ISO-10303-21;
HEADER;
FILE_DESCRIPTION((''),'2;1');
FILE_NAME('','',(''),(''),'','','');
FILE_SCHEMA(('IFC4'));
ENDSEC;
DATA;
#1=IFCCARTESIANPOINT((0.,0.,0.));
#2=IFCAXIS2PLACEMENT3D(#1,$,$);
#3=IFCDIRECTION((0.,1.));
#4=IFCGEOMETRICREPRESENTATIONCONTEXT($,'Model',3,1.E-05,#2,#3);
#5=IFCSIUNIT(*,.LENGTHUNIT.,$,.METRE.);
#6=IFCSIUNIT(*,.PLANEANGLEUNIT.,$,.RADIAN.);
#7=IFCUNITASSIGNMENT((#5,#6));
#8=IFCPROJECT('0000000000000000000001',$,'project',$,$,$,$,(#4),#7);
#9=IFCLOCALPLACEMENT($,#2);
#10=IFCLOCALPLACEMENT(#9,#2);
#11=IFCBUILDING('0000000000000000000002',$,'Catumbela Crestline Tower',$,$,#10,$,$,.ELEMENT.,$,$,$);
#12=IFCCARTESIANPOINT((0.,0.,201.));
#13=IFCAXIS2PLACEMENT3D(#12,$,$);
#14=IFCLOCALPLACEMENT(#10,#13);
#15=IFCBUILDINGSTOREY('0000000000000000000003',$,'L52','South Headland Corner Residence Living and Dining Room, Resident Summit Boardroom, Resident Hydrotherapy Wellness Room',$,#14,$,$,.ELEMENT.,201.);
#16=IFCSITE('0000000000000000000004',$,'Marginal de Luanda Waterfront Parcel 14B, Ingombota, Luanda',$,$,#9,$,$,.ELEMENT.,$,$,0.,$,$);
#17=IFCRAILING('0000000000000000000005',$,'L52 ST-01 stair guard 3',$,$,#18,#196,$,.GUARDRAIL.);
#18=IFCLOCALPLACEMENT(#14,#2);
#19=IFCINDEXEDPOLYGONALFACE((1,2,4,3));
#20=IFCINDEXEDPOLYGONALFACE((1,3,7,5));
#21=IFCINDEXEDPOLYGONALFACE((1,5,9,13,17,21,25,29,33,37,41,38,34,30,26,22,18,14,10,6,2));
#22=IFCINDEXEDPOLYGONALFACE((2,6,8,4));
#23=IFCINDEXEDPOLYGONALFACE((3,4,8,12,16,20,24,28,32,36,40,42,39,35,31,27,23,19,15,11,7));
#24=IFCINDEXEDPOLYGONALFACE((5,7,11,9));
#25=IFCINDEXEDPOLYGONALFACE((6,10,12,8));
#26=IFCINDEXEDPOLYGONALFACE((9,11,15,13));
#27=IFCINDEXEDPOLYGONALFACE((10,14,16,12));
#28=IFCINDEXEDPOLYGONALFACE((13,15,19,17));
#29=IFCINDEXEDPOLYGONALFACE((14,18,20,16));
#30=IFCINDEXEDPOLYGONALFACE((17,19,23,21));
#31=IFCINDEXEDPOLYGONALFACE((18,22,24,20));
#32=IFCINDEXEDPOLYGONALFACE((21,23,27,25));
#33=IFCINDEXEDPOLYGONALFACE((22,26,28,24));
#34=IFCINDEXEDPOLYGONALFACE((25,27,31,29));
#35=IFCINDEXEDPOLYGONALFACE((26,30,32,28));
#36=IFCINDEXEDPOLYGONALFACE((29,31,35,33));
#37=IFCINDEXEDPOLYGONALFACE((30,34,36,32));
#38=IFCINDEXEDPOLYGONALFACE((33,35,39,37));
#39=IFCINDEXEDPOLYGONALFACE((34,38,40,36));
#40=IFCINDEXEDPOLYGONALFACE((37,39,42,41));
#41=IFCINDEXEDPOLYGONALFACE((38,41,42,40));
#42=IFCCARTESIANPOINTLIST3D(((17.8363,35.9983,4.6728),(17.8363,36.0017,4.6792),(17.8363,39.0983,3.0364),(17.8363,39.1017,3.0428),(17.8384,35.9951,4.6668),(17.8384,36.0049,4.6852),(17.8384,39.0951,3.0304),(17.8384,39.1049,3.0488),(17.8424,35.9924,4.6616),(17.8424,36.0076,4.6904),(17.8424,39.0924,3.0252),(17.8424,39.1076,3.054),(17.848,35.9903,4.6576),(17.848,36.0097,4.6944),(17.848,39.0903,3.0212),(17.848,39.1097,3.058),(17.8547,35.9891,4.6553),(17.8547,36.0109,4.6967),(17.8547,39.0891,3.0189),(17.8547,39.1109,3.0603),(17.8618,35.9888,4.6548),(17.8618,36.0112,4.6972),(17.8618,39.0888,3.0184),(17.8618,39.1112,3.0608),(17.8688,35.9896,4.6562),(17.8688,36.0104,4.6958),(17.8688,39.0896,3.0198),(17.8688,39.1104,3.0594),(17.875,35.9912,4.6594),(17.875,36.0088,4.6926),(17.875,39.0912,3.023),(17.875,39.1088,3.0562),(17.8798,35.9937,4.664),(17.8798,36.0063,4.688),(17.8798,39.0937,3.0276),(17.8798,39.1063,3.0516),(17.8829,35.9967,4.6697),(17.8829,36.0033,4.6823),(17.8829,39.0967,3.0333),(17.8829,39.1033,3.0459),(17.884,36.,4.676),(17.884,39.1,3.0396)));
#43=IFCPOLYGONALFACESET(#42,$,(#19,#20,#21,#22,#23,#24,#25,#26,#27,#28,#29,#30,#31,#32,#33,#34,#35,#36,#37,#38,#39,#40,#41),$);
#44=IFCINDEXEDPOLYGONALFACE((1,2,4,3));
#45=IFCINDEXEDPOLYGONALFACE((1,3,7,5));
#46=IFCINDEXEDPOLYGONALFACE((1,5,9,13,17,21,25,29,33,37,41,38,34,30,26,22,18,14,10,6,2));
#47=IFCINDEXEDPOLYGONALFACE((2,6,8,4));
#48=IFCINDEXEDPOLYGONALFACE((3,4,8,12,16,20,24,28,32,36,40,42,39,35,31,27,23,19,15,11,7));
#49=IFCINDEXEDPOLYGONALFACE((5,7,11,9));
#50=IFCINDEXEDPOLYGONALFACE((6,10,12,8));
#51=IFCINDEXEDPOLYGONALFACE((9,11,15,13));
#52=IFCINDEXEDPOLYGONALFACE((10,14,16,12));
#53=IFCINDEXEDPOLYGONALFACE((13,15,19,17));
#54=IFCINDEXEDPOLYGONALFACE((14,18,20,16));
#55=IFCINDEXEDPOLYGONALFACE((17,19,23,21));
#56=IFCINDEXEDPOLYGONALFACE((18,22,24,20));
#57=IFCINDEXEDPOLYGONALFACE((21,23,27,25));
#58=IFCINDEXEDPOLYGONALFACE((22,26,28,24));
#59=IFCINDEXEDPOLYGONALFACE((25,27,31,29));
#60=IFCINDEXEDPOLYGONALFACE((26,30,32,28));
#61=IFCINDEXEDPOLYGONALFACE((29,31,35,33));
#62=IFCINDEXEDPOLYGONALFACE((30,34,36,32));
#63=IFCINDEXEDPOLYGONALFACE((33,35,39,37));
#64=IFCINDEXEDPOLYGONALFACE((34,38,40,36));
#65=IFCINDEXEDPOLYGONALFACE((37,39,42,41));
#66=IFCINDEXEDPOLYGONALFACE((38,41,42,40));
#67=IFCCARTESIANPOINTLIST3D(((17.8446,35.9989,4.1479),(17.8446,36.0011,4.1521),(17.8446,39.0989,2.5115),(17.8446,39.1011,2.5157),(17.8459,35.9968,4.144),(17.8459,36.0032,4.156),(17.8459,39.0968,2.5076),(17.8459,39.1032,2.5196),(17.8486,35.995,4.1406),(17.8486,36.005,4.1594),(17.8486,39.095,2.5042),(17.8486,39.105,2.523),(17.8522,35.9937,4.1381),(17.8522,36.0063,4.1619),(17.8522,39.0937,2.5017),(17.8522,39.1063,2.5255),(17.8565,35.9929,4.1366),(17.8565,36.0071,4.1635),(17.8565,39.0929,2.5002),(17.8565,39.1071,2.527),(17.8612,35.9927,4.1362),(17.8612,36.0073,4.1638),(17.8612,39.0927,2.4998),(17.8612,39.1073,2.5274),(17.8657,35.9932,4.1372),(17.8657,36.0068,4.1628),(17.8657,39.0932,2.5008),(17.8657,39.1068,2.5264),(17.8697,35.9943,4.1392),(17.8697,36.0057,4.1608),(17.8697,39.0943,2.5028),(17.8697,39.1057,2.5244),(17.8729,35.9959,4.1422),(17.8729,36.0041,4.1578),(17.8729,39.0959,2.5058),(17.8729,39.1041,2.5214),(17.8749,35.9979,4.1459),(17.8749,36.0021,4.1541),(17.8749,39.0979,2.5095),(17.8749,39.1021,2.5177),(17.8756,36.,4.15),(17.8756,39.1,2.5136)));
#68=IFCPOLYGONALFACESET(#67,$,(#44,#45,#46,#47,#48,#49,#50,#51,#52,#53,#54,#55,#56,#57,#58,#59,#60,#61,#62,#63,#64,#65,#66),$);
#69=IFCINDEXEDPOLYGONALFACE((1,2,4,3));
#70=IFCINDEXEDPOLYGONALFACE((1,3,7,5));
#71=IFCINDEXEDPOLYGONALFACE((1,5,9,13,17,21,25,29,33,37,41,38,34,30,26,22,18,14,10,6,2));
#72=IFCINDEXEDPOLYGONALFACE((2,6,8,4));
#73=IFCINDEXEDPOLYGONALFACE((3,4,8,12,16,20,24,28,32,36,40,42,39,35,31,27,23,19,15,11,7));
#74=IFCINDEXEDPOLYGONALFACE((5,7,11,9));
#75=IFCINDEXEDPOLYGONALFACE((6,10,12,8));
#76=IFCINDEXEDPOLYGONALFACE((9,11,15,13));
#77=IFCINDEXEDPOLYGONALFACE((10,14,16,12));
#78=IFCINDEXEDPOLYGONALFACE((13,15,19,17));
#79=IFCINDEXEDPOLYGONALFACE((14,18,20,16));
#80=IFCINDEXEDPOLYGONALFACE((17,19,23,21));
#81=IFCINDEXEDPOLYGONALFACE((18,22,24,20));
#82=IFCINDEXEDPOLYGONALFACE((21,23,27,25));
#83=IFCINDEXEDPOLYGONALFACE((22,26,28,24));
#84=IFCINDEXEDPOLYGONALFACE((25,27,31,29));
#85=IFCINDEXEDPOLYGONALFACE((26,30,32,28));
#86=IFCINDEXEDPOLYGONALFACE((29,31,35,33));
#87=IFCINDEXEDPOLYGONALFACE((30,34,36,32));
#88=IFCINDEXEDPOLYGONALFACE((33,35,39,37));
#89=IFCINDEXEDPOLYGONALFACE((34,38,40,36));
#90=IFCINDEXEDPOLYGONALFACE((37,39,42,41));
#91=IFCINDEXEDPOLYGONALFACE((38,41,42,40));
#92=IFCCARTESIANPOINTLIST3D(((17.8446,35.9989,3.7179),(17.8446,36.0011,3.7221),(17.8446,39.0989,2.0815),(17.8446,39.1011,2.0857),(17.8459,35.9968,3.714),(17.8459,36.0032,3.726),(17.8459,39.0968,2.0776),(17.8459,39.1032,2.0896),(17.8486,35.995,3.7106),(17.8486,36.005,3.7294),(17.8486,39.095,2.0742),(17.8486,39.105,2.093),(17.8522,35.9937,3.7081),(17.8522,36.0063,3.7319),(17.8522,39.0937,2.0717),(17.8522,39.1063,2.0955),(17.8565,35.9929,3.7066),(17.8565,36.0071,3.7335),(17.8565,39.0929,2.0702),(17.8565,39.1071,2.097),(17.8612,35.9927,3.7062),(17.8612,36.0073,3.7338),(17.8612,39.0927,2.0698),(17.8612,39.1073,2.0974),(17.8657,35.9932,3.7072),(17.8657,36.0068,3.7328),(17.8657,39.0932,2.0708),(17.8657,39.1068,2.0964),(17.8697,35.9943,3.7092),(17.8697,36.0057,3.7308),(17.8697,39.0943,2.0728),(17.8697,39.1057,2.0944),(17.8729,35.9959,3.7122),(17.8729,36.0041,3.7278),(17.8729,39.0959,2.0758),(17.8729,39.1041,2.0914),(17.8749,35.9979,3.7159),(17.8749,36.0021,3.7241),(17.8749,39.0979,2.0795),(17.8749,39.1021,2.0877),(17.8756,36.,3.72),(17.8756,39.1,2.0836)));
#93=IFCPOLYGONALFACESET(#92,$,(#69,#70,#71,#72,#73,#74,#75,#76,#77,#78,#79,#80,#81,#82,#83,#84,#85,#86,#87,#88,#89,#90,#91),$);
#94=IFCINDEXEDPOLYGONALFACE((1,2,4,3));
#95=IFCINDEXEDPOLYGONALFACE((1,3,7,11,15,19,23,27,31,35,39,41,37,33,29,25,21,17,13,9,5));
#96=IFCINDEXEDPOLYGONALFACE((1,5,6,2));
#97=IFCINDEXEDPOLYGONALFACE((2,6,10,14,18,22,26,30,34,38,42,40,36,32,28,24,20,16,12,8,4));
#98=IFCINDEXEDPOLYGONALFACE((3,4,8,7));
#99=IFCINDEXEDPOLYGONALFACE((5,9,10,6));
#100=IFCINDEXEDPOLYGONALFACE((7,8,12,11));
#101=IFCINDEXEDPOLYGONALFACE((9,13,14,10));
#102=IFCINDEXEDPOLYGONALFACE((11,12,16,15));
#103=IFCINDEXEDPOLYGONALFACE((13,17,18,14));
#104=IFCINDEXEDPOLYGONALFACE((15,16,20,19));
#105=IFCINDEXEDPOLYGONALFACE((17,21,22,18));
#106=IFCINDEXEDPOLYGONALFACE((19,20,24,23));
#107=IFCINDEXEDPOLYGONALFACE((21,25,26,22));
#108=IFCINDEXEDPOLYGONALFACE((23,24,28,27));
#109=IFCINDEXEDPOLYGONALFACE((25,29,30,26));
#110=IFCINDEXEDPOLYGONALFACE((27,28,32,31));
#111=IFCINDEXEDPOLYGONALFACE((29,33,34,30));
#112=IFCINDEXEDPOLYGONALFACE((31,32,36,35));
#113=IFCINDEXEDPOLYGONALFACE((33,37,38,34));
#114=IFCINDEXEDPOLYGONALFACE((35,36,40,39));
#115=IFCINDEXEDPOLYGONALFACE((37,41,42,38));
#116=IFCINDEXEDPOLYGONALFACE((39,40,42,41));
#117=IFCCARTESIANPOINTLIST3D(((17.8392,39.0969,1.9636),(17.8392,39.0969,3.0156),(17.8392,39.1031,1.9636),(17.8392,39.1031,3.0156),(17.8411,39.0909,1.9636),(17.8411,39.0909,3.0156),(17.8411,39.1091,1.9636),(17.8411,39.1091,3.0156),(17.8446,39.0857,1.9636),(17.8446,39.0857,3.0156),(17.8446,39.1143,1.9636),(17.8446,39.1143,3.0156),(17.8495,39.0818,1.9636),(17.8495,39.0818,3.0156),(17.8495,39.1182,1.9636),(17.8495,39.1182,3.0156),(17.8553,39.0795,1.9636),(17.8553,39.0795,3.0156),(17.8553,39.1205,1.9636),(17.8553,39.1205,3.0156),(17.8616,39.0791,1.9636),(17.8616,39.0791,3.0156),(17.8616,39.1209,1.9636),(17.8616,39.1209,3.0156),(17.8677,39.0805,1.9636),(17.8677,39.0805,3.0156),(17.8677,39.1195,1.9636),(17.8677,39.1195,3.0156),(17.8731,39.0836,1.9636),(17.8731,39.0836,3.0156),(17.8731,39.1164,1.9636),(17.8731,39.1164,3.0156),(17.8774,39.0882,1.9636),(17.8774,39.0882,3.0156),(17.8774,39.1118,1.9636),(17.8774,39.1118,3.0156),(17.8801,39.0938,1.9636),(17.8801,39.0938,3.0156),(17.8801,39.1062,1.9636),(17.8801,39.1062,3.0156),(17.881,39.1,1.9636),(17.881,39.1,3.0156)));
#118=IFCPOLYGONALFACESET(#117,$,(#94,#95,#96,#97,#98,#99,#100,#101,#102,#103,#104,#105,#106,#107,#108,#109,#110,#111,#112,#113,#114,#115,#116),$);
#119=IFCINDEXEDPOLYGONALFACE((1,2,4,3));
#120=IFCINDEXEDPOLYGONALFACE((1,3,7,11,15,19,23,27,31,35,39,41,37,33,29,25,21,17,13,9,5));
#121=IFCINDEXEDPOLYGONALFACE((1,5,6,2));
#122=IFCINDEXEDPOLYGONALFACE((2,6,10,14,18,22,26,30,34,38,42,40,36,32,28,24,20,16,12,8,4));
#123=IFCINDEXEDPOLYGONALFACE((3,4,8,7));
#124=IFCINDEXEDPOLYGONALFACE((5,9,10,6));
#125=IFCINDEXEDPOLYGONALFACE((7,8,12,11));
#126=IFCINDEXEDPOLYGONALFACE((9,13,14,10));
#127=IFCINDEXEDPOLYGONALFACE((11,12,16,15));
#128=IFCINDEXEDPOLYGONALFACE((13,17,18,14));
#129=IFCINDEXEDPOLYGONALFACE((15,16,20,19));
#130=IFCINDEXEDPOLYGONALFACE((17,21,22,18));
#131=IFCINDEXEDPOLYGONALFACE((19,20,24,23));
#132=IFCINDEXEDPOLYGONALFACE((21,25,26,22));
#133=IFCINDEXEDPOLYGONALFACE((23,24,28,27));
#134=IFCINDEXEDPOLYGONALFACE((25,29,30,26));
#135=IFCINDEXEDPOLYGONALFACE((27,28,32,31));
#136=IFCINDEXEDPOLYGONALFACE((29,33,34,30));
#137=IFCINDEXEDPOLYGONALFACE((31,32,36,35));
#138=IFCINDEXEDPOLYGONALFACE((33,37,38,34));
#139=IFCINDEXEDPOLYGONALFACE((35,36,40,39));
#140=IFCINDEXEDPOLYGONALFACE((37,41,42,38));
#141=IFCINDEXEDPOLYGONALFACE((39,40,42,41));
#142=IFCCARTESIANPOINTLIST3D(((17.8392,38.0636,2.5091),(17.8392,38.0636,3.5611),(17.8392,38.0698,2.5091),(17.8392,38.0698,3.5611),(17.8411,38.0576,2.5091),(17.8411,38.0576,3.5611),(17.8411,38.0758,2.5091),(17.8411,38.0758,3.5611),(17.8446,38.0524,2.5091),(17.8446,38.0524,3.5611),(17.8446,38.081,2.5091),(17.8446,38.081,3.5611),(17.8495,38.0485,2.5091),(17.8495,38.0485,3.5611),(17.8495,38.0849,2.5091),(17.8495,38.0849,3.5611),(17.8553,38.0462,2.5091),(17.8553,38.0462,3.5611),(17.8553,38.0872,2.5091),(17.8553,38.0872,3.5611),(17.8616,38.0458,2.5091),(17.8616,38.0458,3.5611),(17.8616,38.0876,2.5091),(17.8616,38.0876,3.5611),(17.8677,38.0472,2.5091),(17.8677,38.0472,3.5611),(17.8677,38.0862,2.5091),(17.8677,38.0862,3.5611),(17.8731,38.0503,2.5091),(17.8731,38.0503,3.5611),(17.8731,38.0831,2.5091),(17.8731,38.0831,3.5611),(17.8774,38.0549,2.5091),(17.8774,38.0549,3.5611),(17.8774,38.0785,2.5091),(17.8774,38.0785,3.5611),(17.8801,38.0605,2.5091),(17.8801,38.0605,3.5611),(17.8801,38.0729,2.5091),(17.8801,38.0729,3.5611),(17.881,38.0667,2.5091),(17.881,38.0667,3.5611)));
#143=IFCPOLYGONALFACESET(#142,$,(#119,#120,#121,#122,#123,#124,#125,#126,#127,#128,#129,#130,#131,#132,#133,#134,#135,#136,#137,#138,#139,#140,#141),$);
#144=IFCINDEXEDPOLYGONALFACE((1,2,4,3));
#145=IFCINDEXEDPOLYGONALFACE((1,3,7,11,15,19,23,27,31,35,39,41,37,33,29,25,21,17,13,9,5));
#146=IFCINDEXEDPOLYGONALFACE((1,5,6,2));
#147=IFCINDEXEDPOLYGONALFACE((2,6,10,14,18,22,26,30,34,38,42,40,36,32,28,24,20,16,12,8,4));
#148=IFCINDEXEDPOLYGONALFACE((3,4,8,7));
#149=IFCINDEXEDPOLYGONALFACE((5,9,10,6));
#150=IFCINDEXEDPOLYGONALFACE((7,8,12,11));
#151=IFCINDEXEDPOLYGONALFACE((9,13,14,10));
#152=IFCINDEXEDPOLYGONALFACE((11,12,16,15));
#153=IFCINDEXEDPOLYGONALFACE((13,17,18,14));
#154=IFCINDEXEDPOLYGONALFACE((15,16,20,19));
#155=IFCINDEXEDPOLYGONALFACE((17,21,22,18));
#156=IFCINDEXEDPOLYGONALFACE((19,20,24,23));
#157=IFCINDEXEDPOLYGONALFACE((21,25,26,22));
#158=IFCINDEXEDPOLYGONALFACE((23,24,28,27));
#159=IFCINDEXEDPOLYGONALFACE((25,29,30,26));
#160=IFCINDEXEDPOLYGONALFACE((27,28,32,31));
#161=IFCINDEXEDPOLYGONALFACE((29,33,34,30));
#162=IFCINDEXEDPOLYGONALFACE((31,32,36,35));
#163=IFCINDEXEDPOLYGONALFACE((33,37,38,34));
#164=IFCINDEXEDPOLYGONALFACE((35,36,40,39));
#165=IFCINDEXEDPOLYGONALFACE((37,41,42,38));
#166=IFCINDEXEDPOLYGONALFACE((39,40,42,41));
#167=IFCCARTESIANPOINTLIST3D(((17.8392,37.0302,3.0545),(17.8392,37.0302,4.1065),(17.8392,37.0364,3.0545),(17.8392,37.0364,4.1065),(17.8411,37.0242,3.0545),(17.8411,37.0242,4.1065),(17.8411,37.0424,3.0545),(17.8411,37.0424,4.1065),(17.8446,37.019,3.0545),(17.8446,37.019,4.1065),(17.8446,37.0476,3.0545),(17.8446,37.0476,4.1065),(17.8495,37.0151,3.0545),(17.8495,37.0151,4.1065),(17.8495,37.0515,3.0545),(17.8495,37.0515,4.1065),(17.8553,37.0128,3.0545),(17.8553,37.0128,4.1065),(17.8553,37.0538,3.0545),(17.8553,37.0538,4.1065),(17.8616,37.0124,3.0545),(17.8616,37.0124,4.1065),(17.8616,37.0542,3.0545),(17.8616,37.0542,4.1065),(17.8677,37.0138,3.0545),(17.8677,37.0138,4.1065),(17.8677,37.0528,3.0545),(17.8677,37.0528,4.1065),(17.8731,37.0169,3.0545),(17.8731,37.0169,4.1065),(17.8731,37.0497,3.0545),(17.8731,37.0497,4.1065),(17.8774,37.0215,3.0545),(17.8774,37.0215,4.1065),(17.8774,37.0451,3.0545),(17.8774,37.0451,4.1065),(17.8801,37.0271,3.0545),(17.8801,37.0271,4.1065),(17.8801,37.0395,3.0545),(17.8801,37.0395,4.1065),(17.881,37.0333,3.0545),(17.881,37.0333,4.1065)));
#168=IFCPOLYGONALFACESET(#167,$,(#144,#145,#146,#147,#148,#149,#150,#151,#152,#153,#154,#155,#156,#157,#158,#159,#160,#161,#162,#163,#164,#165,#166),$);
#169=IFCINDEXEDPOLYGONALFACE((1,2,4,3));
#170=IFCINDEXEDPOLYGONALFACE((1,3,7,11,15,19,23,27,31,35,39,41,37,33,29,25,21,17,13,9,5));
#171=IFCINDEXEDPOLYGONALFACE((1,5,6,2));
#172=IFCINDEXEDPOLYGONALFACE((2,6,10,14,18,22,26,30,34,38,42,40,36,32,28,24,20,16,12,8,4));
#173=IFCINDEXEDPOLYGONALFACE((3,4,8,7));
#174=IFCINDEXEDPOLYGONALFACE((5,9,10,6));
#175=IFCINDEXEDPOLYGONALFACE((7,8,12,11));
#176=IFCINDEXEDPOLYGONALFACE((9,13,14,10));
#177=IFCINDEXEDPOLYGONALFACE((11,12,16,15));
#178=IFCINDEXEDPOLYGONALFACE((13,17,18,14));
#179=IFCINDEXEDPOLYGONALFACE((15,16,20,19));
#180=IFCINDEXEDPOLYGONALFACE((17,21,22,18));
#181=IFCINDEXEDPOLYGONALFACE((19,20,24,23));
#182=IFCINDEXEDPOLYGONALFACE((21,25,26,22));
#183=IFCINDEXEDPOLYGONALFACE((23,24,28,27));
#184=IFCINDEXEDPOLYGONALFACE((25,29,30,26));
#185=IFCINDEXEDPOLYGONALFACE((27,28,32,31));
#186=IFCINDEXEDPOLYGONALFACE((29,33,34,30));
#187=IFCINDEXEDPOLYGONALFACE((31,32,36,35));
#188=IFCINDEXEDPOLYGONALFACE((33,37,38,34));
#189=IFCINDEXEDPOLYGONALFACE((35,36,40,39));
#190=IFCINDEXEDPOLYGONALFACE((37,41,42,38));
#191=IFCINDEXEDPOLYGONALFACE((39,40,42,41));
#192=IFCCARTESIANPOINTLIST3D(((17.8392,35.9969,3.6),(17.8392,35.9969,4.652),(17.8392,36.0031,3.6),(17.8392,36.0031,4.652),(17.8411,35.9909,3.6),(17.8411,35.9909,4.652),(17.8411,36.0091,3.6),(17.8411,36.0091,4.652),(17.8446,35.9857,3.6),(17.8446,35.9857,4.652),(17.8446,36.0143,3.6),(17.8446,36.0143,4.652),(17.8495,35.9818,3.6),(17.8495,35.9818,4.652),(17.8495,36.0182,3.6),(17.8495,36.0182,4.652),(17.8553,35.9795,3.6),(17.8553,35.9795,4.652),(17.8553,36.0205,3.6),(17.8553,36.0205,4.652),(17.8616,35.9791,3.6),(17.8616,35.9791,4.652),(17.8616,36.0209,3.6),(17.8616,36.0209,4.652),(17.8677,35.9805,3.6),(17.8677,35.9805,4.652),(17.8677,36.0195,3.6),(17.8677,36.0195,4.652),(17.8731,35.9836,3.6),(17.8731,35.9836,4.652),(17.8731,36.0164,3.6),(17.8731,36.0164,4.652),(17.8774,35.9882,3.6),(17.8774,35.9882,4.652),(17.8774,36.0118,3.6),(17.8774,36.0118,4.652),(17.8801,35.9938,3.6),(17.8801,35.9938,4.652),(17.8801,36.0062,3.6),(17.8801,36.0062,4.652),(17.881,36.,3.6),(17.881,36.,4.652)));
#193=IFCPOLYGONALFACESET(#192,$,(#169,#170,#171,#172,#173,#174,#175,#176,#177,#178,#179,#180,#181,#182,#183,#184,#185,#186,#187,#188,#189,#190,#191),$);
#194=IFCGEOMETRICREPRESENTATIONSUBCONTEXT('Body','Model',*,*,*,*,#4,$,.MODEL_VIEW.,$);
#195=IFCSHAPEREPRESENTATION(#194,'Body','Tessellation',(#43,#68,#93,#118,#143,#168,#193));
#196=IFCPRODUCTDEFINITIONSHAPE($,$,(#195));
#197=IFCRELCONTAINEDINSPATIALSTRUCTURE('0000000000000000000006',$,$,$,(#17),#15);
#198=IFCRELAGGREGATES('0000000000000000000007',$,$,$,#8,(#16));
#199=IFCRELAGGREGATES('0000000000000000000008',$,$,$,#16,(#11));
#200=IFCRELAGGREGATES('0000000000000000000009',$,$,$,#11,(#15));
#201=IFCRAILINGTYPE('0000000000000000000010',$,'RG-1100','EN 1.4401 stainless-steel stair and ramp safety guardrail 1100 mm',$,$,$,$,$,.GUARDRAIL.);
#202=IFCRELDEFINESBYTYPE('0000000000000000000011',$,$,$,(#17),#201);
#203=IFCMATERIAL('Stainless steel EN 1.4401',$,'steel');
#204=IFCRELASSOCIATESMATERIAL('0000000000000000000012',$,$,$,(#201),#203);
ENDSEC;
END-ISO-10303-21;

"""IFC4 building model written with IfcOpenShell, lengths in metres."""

from ifc_helpers import new_model, si_unit, direction, frame, origin, origin_2d, place, context, subcontext, project, spatial, circle, extrude, material, type_object, element, save


model = new_model("IFC4")

# Units and contexts
model_context = context("Model", 3, precision=1e-05, world=origin(), true_north=direction((0.0, 1.0)))
body_context = subcontext(model_context, "Body", "Model", "MODEL_VIEW")
ifc_project = project(units=[si_unit("LENGTHUNIT", "METRE"), si_unit("PLANEANGLEUNIT", "RADIAN")], contexts=[model_context])

# Site, building, storey
site_placement = place(None, origin())
site = spatial("IfcSite", under=ifc_project, at=site_placement, Name="Marginal de Luanda Waterfront Parcel 14B, Ingombota, Luanda", CompositionType="ELEMENT", RefElevation=0.0)
building_placement = place(site_placement, origin())
building = spatial("IfcBuilding", under=site, at=building_placement, Name="Catumbela Crestline Tower", CompositionType="ELEMENT")
storey_placement = place(building_placement, frame((0.0, 0.0, 201.0)))
storey = spatial("IfcBuildingStorey", under=building, at=storey_placement, Name="L52", Description="South Headland Corner Residence Living and Dining Room, Resident Summit Boardroom, Resident Hydrotherapy Wellness Room", CompositionType="ELEMENT", Elevation=201.0)

# Shared definitions
ifc_material_1 = material(Name="Stainless steel EN 1.4401", Category="steel")

# Railing
railing_type_1 = type_object("IfcRailingType", Name="RG-1100", Description="EN 1.4401 stainless-steel stair and ramp safety guardrail 1100 mm", PredefinedType="GUARDRAIL", material=ifc_material_1)
railing_1_placement = place(storey_placement, frame((17.86, 39.1, 1.9636)))
element("IfcRailing", 1, at=railing_1_placement, inside=storey, type_object=railing_type_1, Name="L52 ST-01 stair guard 3", PredefinedType="GUARDRAIL", context=body_context, shape_type="SweptSolid", body=[
    extrude(circle(Radius=0.024, at=origin_2d()), frame((0.0, 0.0, 1.076), z_axis=(0.0, -0.884351, 0.466823), x_axis=(1.0, 0.0, 0.0)), (0.0, 0.0, 1.0), 3.5054),
    extrude(circle(Radius=0.0156, at=origin_2d()), frame((0.0, 0.0, 0.55), z_axis=(0.0, -0.884351, 0.466823), x_axis=(1.0, 0.0, 0.0)), (0.0, 0.0, 1.0), 3.5054),
    extrude(circle(Radius=0.0156, at=origin_2d()), frame((0.0, 0.0, 0.12), z_axis=(0.0, -0.884351, 0.466823), x_axis=(1.0, 0.0, 0.0)), (0.0, 0.0, 1.0), 3.5054),
    extrude(circle(Radius=0.021, at=origin_2d()), origin(), (0.0, 0.0, 1.0), 1.052),
    extrude(circle(Radius=0.021, at=origin_2d()), frame((0.0, -1.0333, 0.5455)), (0.0, 0.0, 1.0), 1.052),
    extrude(circle(Radius=0.021, at=origin_2d()), frame((0.0, -2.0667, 1.0909)), (0.0, 0.0, 1.0), 1.052),
    extrude(circle(Radius=0.021, at=origin_2d()), frame((0.0, -3.1, 1.6364)), (0.0, 0.0, 1.0), 1.052),
])

save(model, "model.ifc")
